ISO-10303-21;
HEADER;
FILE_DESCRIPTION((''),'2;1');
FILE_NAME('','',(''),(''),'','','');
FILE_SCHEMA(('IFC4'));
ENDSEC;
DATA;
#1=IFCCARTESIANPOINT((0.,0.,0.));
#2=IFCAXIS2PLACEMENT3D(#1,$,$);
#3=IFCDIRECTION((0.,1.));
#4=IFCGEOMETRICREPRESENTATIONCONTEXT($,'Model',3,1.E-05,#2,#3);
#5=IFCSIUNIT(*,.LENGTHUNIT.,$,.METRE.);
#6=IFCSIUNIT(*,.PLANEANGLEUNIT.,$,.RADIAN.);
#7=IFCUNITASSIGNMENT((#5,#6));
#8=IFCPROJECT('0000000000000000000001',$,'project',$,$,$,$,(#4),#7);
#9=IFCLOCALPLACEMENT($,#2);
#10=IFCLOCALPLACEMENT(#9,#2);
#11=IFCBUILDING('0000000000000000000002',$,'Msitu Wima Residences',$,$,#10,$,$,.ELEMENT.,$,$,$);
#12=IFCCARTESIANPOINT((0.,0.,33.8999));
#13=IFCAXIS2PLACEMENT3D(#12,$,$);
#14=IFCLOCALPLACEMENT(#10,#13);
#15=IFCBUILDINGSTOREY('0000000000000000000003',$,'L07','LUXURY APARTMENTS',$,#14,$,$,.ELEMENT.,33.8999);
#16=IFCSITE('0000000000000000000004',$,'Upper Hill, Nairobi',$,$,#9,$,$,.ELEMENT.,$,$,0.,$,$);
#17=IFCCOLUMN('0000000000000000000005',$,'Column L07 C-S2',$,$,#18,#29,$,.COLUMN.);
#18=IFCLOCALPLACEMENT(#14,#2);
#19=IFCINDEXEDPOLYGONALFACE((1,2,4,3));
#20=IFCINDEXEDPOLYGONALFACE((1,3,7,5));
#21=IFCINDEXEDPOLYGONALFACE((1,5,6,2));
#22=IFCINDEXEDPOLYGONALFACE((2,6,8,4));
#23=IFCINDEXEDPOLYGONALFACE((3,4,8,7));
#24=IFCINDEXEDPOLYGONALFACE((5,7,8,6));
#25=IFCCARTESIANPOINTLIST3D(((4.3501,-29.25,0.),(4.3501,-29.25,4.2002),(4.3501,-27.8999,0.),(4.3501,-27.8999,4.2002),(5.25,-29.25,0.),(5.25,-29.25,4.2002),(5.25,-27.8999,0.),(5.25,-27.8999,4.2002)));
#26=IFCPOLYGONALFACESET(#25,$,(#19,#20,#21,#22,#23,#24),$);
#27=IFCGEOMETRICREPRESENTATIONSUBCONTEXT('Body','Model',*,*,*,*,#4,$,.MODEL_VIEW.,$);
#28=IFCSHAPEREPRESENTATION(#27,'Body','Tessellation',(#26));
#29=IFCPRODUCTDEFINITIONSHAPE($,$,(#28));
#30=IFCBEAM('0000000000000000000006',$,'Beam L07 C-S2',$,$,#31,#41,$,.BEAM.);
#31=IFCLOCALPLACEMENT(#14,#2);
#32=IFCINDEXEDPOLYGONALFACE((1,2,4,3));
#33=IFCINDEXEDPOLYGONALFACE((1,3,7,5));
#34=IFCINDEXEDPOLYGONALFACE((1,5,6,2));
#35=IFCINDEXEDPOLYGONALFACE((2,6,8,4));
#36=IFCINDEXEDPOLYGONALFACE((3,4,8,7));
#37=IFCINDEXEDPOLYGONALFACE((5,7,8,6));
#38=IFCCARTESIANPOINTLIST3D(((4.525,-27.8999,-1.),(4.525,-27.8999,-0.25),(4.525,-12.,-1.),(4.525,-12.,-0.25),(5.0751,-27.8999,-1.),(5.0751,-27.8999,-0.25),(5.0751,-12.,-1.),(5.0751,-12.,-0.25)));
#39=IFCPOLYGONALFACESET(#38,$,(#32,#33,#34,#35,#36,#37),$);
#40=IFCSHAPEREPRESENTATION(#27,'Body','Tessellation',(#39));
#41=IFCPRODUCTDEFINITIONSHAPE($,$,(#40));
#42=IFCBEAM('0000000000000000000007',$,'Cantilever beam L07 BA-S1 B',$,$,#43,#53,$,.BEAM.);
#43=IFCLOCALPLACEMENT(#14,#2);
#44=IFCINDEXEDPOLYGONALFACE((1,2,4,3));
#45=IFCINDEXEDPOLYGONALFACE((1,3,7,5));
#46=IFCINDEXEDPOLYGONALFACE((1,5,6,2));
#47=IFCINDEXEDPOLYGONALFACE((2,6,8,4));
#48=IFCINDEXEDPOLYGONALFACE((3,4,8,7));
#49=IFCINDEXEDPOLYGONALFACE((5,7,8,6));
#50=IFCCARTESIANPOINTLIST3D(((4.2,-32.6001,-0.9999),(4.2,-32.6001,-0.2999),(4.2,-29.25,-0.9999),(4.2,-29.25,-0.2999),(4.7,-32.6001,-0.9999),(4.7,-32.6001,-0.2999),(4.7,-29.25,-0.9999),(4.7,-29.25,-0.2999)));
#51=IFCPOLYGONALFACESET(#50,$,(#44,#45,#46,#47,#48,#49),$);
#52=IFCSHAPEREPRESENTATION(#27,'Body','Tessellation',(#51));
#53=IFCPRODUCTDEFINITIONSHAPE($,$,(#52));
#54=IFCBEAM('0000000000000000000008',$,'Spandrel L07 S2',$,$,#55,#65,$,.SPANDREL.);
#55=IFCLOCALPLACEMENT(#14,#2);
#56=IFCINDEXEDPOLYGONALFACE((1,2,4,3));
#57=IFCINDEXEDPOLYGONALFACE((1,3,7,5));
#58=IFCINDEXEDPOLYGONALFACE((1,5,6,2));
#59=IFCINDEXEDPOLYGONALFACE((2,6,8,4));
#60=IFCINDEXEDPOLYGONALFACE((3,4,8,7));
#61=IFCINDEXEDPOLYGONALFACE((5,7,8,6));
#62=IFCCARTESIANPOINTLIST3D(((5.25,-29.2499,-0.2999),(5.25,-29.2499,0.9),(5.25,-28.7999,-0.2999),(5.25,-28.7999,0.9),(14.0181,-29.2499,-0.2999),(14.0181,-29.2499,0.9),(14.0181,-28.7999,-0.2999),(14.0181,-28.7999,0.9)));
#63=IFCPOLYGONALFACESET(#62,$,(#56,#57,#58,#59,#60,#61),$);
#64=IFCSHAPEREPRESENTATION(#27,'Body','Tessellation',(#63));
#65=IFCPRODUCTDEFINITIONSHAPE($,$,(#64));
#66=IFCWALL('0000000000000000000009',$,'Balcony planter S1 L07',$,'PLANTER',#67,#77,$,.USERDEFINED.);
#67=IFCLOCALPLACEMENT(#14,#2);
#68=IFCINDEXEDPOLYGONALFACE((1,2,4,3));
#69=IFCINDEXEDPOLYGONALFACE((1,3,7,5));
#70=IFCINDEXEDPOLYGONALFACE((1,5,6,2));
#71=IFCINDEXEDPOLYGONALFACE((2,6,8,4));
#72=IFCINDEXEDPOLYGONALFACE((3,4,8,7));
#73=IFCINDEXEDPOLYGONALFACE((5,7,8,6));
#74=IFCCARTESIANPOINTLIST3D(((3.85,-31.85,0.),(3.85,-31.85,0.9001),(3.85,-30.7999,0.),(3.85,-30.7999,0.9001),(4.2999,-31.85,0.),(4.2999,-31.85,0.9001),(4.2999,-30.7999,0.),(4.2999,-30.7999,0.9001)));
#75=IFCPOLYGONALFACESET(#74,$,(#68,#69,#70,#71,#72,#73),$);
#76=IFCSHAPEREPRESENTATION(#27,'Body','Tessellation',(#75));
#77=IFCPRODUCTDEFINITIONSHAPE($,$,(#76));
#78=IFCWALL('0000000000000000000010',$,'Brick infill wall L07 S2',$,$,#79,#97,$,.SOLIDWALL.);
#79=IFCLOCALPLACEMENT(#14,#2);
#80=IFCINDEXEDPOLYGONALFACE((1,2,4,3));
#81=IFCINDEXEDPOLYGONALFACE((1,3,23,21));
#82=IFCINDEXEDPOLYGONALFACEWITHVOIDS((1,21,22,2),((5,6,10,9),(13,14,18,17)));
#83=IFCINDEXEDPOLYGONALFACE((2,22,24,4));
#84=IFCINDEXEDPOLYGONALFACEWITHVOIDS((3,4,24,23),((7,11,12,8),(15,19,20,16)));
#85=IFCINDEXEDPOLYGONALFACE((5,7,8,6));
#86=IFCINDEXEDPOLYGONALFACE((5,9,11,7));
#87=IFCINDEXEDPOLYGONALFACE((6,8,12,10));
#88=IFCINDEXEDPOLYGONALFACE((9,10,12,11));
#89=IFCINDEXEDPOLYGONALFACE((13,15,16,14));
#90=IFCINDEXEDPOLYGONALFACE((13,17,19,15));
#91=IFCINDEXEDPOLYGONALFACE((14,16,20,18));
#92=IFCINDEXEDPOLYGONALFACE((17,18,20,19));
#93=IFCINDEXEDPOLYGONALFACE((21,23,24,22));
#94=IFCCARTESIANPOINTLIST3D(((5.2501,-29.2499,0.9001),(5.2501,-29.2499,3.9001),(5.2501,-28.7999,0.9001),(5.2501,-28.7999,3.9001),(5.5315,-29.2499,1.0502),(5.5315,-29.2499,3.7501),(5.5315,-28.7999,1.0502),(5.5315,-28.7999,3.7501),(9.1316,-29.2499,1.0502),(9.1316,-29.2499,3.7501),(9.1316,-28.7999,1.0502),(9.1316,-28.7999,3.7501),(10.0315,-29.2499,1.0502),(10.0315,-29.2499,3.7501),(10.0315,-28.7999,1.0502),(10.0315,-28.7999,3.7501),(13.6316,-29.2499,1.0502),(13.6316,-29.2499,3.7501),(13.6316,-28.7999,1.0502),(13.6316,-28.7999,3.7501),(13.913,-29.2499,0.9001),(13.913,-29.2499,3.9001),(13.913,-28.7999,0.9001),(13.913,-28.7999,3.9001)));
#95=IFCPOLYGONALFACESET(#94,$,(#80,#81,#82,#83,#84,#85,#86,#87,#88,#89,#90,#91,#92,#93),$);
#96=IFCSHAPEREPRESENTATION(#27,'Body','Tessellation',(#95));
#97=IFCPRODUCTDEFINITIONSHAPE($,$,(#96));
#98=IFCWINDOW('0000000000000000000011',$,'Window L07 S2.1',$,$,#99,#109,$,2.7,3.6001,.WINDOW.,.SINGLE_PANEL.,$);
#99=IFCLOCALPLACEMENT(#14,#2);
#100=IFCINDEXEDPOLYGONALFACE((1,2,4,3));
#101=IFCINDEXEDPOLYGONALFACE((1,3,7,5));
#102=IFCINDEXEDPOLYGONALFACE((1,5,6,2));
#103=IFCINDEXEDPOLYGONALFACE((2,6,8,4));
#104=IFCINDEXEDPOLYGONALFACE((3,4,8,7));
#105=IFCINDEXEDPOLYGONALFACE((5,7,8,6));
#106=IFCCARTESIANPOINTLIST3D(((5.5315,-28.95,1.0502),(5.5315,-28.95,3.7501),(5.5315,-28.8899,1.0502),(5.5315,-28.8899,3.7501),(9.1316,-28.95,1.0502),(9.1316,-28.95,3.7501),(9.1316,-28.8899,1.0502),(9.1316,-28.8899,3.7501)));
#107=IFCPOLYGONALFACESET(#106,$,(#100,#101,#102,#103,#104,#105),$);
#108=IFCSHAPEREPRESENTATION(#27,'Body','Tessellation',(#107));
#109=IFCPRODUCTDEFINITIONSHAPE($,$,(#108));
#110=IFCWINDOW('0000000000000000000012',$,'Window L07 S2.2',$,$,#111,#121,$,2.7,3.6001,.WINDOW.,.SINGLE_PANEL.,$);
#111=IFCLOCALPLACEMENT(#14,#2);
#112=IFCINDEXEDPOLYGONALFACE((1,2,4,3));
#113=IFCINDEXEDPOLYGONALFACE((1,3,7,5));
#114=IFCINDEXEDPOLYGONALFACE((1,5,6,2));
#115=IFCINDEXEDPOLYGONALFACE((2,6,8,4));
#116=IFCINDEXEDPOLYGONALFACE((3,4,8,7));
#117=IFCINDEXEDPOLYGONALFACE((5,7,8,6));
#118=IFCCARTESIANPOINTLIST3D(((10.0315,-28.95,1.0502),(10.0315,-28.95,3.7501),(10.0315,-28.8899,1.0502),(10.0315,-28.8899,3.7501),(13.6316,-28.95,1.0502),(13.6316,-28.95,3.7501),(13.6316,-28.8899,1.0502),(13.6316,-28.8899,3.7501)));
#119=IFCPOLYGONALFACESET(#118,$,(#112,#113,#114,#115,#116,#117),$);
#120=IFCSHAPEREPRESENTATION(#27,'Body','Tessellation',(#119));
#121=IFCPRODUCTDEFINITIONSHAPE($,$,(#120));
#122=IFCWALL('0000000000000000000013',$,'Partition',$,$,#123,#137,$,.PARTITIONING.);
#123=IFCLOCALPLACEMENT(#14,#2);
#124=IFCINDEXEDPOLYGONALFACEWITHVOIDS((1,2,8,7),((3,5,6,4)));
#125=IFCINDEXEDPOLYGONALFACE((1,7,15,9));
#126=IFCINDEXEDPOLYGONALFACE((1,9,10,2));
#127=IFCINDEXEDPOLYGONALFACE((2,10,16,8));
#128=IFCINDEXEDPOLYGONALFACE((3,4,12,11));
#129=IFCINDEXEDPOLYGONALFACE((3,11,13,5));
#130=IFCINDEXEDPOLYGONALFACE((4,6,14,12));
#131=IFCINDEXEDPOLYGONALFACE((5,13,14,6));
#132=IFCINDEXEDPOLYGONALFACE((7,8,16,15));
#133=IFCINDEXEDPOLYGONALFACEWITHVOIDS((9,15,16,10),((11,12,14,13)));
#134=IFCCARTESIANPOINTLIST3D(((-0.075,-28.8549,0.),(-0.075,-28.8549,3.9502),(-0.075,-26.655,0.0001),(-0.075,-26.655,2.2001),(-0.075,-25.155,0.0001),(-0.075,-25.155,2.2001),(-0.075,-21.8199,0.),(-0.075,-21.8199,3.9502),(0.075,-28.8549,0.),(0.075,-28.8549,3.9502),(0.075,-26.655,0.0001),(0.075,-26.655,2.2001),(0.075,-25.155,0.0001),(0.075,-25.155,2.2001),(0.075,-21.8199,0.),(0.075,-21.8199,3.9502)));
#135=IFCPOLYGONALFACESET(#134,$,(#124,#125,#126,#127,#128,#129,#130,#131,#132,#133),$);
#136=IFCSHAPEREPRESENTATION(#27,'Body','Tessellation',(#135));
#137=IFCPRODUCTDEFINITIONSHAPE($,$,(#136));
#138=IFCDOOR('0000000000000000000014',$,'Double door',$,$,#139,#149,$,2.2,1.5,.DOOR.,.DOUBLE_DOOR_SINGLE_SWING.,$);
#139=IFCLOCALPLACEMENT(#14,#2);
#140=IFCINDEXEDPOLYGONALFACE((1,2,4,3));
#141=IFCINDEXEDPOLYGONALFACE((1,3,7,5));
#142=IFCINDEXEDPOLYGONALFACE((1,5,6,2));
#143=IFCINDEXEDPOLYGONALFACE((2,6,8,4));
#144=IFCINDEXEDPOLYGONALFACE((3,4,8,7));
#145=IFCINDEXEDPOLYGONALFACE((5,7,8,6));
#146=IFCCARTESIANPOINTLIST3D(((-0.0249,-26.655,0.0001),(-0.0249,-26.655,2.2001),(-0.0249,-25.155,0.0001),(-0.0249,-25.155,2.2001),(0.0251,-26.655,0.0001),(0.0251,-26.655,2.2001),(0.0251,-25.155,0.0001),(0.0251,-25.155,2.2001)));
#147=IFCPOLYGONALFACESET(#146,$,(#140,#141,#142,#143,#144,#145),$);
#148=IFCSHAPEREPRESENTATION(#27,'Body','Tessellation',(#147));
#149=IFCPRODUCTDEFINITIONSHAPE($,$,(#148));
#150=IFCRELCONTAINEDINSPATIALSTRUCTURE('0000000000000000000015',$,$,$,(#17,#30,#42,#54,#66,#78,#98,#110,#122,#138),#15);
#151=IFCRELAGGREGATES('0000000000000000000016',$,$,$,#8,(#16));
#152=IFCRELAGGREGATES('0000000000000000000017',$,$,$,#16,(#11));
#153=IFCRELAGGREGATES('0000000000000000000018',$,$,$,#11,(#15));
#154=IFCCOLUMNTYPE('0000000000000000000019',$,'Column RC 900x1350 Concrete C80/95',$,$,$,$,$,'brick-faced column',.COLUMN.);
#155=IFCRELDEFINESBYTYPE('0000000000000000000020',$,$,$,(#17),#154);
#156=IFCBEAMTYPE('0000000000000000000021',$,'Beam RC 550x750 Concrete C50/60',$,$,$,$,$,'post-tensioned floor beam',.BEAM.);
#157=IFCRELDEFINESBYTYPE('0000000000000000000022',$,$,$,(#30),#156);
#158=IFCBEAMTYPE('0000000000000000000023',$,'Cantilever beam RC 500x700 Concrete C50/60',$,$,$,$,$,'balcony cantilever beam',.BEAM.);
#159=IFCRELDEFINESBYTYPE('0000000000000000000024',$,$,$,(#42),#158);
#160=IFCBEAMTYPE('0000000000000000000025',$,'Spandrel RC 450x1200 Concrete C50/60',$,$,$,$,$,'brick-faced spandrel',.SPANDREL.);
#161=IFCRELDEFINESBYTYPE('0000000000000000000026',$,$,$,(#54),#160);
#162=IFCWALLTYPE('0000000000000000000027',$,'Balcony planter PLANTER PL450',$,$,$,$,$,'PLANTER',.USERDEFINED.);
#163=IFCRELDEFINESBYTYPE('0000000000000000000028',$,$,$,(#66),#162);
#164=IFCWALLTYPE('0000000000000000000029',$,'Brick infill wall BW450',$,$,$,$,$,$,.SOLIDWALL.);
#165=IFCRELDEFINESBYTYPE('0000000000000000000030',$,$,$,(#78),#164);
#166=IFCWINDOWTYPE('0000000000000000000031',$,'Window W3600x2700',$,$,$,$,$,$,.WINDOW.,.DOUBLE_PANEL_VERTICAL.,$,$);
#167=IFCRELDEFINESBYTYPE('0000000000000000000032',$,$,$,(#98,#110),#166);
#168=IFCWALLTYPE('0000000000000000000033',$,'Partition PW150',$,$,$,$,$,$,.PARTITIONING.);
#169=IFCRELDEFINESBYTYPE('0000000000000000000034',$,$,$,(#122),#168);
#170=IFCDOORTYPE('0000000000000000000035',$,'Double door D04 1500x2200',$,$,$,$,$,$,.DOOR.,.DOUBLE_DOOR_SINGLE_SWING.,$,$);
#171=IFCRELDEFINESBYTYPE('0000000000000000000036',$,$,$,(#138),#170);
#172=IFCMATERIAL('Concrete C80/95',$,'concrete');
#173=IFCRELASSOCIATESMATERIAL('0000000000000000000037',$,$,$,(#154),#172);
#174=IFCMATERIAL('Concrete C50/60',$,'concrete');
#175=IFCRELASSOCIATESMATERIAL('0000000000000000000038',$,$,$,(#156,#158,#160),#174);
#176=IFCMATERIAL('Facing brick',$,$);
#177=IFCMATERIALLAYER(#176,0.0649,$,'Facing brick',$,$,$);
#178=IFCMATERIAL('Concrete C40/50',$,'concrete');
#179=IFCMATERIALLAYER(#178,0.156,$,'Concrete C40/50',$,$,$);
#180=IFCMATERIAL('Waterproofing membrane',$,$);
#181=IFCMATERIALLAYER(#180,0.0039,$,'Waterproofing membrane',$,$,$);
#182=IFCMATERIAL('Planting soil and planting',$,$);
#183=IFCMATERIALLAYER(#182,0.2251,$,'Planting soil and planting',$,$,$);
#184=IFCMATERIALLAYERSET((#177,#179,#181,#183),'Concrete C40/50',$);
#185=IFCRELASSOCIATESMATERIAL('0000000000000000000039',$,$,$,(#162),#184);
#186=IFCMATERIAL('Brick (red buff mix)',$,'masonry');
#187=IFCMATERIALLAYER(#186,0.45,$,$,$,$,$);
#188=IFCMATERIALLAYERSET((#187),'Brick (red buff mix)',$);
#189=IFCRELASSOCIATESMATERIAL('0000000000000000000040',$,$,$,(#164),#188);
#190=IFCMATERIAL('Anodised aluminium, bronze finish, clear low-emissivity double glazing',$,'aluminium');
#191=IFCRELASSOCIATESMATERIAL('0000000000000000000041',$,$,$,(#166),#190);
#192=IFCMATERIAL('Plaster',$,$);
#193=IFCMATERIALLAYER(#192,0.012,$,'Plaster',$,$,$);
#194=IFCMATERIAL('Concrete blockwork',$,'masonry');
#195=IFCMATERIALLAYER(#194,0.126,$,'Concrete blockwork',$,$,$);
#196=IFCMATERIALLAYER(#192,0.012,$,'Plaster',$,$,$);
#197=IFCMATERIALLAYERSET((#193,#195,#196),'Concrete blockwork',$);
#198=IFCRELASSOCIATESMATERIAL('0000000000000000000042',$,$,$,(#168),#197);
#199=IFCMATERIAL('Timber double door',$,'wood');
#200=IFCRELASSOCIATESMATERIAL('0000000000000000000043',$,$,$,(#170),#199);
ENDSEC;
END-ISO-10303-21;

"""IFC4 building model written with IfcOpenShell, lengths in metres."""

from ifc_helpers import new_model, si_unit, direction, frame, frame_2d, origin, origin_2d, place, context, subcontext, project, spatial, rectangle, extrude, material, layer, layer_set, material_profile, profile_set, type_object, element, fill, save


model = new_model("IFC4")

# Units and contexts
model_context = context("Model", 3, precision=1e-05, world=origin(), true_north=direction((0.0, 1.0)))
body_context = subcontext(model_context, "Body", "Model", "MODEL_VIEW")
ifc_project = project(units=[si_unit("LENGTHUNIT", "METRE"), si_unit("PLANEANGLEUNIT", "RADIAN")], contexts=[model_context])

# Site, building, storey
site_placement = place(None, origin())
site = spatial("IfcSite", under=ifc_project, at=site_placement, Name="Upper Hill, Nairobi", CompositionType="ELEMENT", RefElevation=0.0)
building_placement = place(site_placement, origin())
building = spatial("IfcBuilding", under=site, at=building_placement, Name="Msitu Wima Residences", CompositionType="ELEMENT")
storey_placement = place(building_placement, frame((0.0, 0.0, 33.8999)))
storey = spatial("IfcBuildingStorey", under=building, at=storey_placement, Name="L07", Description="LUXURY APARTMENTS", CompositionType="ELEMENT", Elevation=33.8999)

# Column
ifc_material_1 = material(Name="Concrete C80/95", Category="concrete")
ifc_material_profile_1 = material_profile(ifc_material_1, rectangle(XDim=0.8999, YDim=1.3501, at=origin_2d()), Name="RC 900x1350")
ifc_profile_set_1 = profile_set([ifc_material_profile_1], Name="Concrete C80/95")
column_type = type_object("IfcColumnType", Name="Column RC 900x1350 Concrete C80/95", ElementType="brick-faced column", PredefinedType="COLUMN", material=ifc_profile_set_1)
column_placement = place(storey_placement, frame((4.8, -28.575, 0.0), z_axis=(0.0, 0.0, 1.0), x_axis=(1.0, 0.0, 0.0)))
element("IfcColumn", 1, at=column_placement, inside=storey, type_object=column_type, Name="Column L07 C-S2", PredefinedType="COLUMN", context=body_context, shape_type="SweptSolid", body=[
    extrude(rectangle(XDim=0.8999, YDim=1.3501, at=origin_2d()), origin(), (0.0, 0.0, 1.0), 4.2002),
])

# Beams
ifc_material_2 = material(Name="Concrete C50/60", Category="concrete")
ifc_material_profile_2 = material_profile(ifc_material_2, rectangle(XDim=0.55, YDim=0.75, at=origin_2d()), Name="RC 550x750")
ifc_profile_set_2 = profile_set([ifc_material_profile_2], Name="Concrete C50/60")
beam_type_1 = type_object("IfcBeamType", Name="Beam RC 550x750 Concrete C50/60", ElementType="post-tensioned floor beam", PredefinedType="BEAM", material=ifc_profile_set_2)
beam_1_placement = place(storey_placement, frame((4.8, -27.8999, -0.625), z_axis=(0.0, 1.0, 0.0), x_axis=(-1.0, 0.0, 0.0)))
element("IfcBeam", 2, at=beam_1_placement, inside=storey, type_object=beam_type_1, Name="Beam L07 C-S2", PredefinedType="BEAM", context=body_context, shape_type="SweptSolid", body=[
    extrude(rectangle(XDim=0.55, YDim=0.75, at=origin_2d()), origin(), (0.0, 0.0, 1.0), 15.8999),
])
ifc_material_profile_3 = material_profile(ifc_material_2, rectangle(XDim=0.5, YDim=0.7, at=origin_2d()), Name="RC 500x700")
ifc_profile_set_3 = profile_set([ifc_material_profile_3], Name="Concrete C50/60")
beam_type_2 = type_object("IfcBeamType", Name="Cantilever beam RC 500x700 Concrete C50/60", ElementType="balcony cantilever beam", PredefinedType="BEAM", material=ifc_profile_set_3)
beam_2_placement = place(storey_placement, frame((4.45, -29.25, -0.6499), z_axis=(0.0, -1.0, 0.0), x_axis=(1.0, 0.0, 0.0)))
element("IfcBeam", 3, at=beam_2_placement, inside=storey, type_object=beam_type_2, Name="Cantilever beam L07 BA-S1 B", PredefinedType="BEAM", context=body_context, shape_type="SweptSolid", body=[
    extrude(rectangle(XDim=0.5, YDim=0.7, at=origin_2d()), origin(), (0.0, 0.0, 1.0), 3.3501),
])
ifc_material_profile_4 = material_profile(ifc_material_2, rectangle(XDim=0.45, YDim=1.2, at=origin_2d()), Name="RC 450x1200")
ifc_profile_set_4 = profile_set([ifc_material_profile_4], Name="Concrete C50/60")
beam_type_3 = type_object("IfcBeamType", Name="Spandrel RC 450x1200 Concrete C50/60", ElementType="brick-faced spandrel", PredefinedType="SPANDREL", material=ifc_profile_set_4)
beam_3_placement = place(storey_placement, frame((5.25, -29.0249, 0.3), z_axis=(1.0, 0.0, 0.0), x_axis=(0.0, 1.0, 0.0)))
element("IfcBeam", 4, at=beam_3_placement, inside=storey, type_object=beam_type_3, Name="Spandrel L07 S2", PredefinedType="SPANDREL", context=body_context, shape_type="SweptSolid", body=[
    extrude(rectangle(XDim=0.45, YDim=1.2, at=origin_2d()), origin(), (0.0, 0.0, 1.0), 8.7681),
])

# Wall
ifc_material_3 = material(Name="Facing brick")
ifc_layer_1 = layer(ifc_material_3, 0.0649, Name="Facing brick")
ifc_material_4 = material(Name="Concrete C40/50", Category="concrete")
ifc_layer_2 = layer(ifc_material_4, 0.156, Name="Concrete C40/50")
ifc_material_5 = material(Name="Waterproofing membrane")
ifc_layer_3 = layer(ifc_material_5, 0.0039, Name="Waterproofing membrane")
ifc_material_6 = material(Name="Planting soil and planting")
ifc_layer_4 = layer(ifc_material_6, 0.2251, Name="Planting soil and planting")
ifc_layer_set_1 = layer_set([ifc_layer_1, ifc_layer_2, ifc_layer_3, ifc_layer_4], Name="Concrete C40/50")
wall_type_1 = type_object("IfcWallType", Name="Balcony planter PLANTER PL450", ElementType="PLANTER", PredefinedType="USERDEFINED", material=ifc_layer_set_1)
wall_1_placement = place(storey_placement, frame((4.075, -30.8, 0.0), z_axis=(0.0, 0.0, 1.0), x_axis=(0.0, -1.0, 0.0)))
element("IfcWall", 5, at=wall_1_placement, inside=storey, type_object=wall_type_1, Name="Balcony planter S1 L07", ObjectType="PLANTER", PredefinedType="USERDEFINED", context=body_context, shape_type="SweptSolid", body=[
    extrude(rectangle(XDim=1.05, YDim=0.45, at=frame_2d((0.5249, 0.0))), origin(), (0.0, 0.0, 1.0), 0.9001),
])

# Wall, openings, windows
ifc_material_7 = material(Name="Brick (red buff mix)", Category="masonry")
ifc_layer_5 = layer(ifc_material_7, 0.45)
ifc_layer_set_2 = layer_set([ifc_layer_5], Name="Brick (red buff mix)")
wall_type_2 = type_object("IfcWallType", Name="Brick infill wall BW450", PredefinedType="SOLIDWALL", material=ifc_layer_set_2)
wall_2_placement = place(storey_placement, frame((5.25, -29.0249, 0.9001), z_axis=(0.0, 0.0, 1.0), x_axis=(1.0, 0.0, 0.0)))
wall_2 = element("IfcWall", 6, at=wall_2_placement, inside=storey, type_object=wall_type_2, Name="Brick infill wall L07 S2", PredefinedType="SOLIDWALL", context=body_context, shape_type="SweptSolid", body=[
    extrude(rectangle(XDim=8.6628, YDim=0.45, at=frame_2d((4.3315, 0.0))), origin(), (0.0, 0.0, 1.0), 3.0),
])
opening_1_placement = place(wall_2_placement, frame((0.2815, 0.0, 0.1499)))
opening_1 = element("IfcOpeningElement", 7, at=opening_1_placement, cuts=wall_2, PredefinedType="OPENING", context=body_context, shape_type="SweptSolid", body=[
    extrude(rectangle(XDim=3.6001, YDim=2.7, at=frame_2d((1.8, 1.3501))), frame((0.0, 0.2349, 0.0), z_axis=(0.0, -1.0, 0.0), x_axis=(1.0, 0.0, 0.0)), (0.0, 0.0, 1.0), 0.47),
])
opening_2_placement = place(wall_2_placement, frame((4.7815, 0.0, 0.1499)))
opening_2 = element("IfcOpeningElement", 8, at=opening_2_placement, cuts=wall_2, PredefinedType="OPENING", context=body_context, shape_type="SweptSolid", body=[
    extrude(rectangle(XDim=3.6001, YDim=2.7, at=frame_2d((1.8, 1.3501))), frame((0.0, 0.2349, 0.0), z_axis=(0.0, -1.0, 0.0), x_axis=(1.0, 0.0, 0.0)), (0.0, 0.0, 1.0), 0.47),
])
ifc_material_8 = material(Name="Anodised aluminium, bronze finish, clear low-emissivity double glazing", Category="aluminium")
window_type = type_object("IfcWindowType", Name="Window W3600x2700", PartitioningType="DOUBLE_PANEL_VERTICAL", PredefinedType="WINDOW", material=ifc_material_8)
window_1_placement = place(opening_1_placement, origin())
window_1 = element("IfcWindow", 9, at=window_1_placement, inside=storey, type_object=window_type, Name="Window L07 S2.1", OverallHeight=2.7, OverallWidth=3.6001, PartitioningType="SINGLE_PANEL", PredefinedType="WINDOW", context=body_context, shape_type="SweptSolid", body=[
    extrude(rectangle(XDim=3.6001, YDim=2.7, at=frame_2d((1.8, 1.3501))), frame((0.0, 0.135, 0.0), z_axis=(0.0, -1.0, 0.0), x_axis=(1.0, 0.0, 0.0)), (0.0, 0.0, 1.0), 0.0601),
])
fill(opening_1, window_1)
window_2_placement = place(opening_2_placement, origin())
window_2 = element("IfcWindow", 10, at=window_2_placement, inside=storey, type_object=window_type, Name="Window L07 S2.2", OverallHeight=2.7, OverallWidth=3.6001, PartitioningType="SINGLE_PANEL", PredefinedType="WINDOW", context=body_context, shape_type="SweptSolid", body=[
    extrude(rectangle(XDim=3.6001, YDim=2.7, at=frame_2d((1.8, 1.3501))), frame((0.0, 0.135, 0.0), z_axis=(0.0, -1.0, 0.0), x_axis=(1.0, 0.0, 0.0)), (0.0, 0.0, 1.0), 0.0601),
])
fill(opening_2, window_2)

# Wall, opening, door
ifc_material_9 = material(Name="Plaster")
ifc_layer_6 = layer(ifc_material_9, 0.012, Name="Plaster")
ifc_material_10 = material(Name="Concrete blockwork", Category="masonry")
ifc_layer_7 = layer(ifc_material_10, 0.126, Name="Concrete blockwork")
ifc_layer_8 = layer(ifc_material_9, 0.012, Name="Plaster")
ifc_layer_set_3 = layer_set([ifc_layer_6, ifc_layer_7, ifc_layer_8], Name="Concrete blockwork")
wall_type_3 = type_object("IfcWallType", Name="Partition PW150", PredefinedType="PARTITIONING", material=ifc_layer_set_3)
wall_3_placement = place(storey_placement, frame((0.0, -28.855, 0.0), z_axis=(0.0, 0.0, 1.0), x_axis=(0.0, 1.0, 0.0)))
wall_3 = element("IfcWall", 11, at=wall_3_placement, inside=storey, type_object=wall_type_3, Name="Partition", PredefinedType="PARTITIONING", context=body_context, shape_type="SweptSolid", body=[
    extrude(rectangle(XDim=7.0349, YDim=0.1499, at=frame_2d((3.5176, 0.0))), origin(), (0.0, 0.0, 1.0), 3.9502),
])
opening_3_placement = place(wall_3_placement, frame((2.2, 0.0, 0.0)))
opening_3 = element("IfcOpeningElement", 12, at=opening_3_placement, cuts=wall_3, PredefinedType="OPENING", context=body_context, shape_type="SweptSolid", body=[
    extrude(rectangle(XDim=1.5, YDim=2.2, at=frame_2d((0.75, 1.1001))), frame((0.0, 0.085, 0.0), z_axis=(0.0, -1.0, 0.0), x_axis=(1.0, 0.0, 0.0)), (0.0, 0.0, 1.0), 0.1699),
])
ifc_material_11 = material(Name="Timber double door", Category="wood")
door_type_1 = type_object("IfcDoorType", Name="Double door D04 1500x2200", OperationType="DOUBLE_DOOR_SINGLE_SWING", PredefinedType="DOOR", material=ifc_material_11)
door_1_placement = place(opening_3_placement, origin())
door_1 = element("IfcDoor", 13, at=door_1_placement, inside=storey, type_object=door_type_1, Name="Double door", OperationType="DOUBLE_DOOR_SINGLE_SWING", OverallHeight=2.2, OverallWidth=1.5, PredefinedType="DOOR", context=body_context, shape_type="SweptSolid", body=[
    extrude(rectangle(XDim=1.5, YDim=2.2, at=frame_2d((0.75, 1.1001))), frame((0.0, 0.0249, 0.0), z_axis=(0.0, -1.0, 0.0), x_axis=(1.0, 0.0, 0.0)), (0.0, 0.0, 1.0), 0.05),
])
fill(opening_3, door_1)

save(model, "model.ifc")
